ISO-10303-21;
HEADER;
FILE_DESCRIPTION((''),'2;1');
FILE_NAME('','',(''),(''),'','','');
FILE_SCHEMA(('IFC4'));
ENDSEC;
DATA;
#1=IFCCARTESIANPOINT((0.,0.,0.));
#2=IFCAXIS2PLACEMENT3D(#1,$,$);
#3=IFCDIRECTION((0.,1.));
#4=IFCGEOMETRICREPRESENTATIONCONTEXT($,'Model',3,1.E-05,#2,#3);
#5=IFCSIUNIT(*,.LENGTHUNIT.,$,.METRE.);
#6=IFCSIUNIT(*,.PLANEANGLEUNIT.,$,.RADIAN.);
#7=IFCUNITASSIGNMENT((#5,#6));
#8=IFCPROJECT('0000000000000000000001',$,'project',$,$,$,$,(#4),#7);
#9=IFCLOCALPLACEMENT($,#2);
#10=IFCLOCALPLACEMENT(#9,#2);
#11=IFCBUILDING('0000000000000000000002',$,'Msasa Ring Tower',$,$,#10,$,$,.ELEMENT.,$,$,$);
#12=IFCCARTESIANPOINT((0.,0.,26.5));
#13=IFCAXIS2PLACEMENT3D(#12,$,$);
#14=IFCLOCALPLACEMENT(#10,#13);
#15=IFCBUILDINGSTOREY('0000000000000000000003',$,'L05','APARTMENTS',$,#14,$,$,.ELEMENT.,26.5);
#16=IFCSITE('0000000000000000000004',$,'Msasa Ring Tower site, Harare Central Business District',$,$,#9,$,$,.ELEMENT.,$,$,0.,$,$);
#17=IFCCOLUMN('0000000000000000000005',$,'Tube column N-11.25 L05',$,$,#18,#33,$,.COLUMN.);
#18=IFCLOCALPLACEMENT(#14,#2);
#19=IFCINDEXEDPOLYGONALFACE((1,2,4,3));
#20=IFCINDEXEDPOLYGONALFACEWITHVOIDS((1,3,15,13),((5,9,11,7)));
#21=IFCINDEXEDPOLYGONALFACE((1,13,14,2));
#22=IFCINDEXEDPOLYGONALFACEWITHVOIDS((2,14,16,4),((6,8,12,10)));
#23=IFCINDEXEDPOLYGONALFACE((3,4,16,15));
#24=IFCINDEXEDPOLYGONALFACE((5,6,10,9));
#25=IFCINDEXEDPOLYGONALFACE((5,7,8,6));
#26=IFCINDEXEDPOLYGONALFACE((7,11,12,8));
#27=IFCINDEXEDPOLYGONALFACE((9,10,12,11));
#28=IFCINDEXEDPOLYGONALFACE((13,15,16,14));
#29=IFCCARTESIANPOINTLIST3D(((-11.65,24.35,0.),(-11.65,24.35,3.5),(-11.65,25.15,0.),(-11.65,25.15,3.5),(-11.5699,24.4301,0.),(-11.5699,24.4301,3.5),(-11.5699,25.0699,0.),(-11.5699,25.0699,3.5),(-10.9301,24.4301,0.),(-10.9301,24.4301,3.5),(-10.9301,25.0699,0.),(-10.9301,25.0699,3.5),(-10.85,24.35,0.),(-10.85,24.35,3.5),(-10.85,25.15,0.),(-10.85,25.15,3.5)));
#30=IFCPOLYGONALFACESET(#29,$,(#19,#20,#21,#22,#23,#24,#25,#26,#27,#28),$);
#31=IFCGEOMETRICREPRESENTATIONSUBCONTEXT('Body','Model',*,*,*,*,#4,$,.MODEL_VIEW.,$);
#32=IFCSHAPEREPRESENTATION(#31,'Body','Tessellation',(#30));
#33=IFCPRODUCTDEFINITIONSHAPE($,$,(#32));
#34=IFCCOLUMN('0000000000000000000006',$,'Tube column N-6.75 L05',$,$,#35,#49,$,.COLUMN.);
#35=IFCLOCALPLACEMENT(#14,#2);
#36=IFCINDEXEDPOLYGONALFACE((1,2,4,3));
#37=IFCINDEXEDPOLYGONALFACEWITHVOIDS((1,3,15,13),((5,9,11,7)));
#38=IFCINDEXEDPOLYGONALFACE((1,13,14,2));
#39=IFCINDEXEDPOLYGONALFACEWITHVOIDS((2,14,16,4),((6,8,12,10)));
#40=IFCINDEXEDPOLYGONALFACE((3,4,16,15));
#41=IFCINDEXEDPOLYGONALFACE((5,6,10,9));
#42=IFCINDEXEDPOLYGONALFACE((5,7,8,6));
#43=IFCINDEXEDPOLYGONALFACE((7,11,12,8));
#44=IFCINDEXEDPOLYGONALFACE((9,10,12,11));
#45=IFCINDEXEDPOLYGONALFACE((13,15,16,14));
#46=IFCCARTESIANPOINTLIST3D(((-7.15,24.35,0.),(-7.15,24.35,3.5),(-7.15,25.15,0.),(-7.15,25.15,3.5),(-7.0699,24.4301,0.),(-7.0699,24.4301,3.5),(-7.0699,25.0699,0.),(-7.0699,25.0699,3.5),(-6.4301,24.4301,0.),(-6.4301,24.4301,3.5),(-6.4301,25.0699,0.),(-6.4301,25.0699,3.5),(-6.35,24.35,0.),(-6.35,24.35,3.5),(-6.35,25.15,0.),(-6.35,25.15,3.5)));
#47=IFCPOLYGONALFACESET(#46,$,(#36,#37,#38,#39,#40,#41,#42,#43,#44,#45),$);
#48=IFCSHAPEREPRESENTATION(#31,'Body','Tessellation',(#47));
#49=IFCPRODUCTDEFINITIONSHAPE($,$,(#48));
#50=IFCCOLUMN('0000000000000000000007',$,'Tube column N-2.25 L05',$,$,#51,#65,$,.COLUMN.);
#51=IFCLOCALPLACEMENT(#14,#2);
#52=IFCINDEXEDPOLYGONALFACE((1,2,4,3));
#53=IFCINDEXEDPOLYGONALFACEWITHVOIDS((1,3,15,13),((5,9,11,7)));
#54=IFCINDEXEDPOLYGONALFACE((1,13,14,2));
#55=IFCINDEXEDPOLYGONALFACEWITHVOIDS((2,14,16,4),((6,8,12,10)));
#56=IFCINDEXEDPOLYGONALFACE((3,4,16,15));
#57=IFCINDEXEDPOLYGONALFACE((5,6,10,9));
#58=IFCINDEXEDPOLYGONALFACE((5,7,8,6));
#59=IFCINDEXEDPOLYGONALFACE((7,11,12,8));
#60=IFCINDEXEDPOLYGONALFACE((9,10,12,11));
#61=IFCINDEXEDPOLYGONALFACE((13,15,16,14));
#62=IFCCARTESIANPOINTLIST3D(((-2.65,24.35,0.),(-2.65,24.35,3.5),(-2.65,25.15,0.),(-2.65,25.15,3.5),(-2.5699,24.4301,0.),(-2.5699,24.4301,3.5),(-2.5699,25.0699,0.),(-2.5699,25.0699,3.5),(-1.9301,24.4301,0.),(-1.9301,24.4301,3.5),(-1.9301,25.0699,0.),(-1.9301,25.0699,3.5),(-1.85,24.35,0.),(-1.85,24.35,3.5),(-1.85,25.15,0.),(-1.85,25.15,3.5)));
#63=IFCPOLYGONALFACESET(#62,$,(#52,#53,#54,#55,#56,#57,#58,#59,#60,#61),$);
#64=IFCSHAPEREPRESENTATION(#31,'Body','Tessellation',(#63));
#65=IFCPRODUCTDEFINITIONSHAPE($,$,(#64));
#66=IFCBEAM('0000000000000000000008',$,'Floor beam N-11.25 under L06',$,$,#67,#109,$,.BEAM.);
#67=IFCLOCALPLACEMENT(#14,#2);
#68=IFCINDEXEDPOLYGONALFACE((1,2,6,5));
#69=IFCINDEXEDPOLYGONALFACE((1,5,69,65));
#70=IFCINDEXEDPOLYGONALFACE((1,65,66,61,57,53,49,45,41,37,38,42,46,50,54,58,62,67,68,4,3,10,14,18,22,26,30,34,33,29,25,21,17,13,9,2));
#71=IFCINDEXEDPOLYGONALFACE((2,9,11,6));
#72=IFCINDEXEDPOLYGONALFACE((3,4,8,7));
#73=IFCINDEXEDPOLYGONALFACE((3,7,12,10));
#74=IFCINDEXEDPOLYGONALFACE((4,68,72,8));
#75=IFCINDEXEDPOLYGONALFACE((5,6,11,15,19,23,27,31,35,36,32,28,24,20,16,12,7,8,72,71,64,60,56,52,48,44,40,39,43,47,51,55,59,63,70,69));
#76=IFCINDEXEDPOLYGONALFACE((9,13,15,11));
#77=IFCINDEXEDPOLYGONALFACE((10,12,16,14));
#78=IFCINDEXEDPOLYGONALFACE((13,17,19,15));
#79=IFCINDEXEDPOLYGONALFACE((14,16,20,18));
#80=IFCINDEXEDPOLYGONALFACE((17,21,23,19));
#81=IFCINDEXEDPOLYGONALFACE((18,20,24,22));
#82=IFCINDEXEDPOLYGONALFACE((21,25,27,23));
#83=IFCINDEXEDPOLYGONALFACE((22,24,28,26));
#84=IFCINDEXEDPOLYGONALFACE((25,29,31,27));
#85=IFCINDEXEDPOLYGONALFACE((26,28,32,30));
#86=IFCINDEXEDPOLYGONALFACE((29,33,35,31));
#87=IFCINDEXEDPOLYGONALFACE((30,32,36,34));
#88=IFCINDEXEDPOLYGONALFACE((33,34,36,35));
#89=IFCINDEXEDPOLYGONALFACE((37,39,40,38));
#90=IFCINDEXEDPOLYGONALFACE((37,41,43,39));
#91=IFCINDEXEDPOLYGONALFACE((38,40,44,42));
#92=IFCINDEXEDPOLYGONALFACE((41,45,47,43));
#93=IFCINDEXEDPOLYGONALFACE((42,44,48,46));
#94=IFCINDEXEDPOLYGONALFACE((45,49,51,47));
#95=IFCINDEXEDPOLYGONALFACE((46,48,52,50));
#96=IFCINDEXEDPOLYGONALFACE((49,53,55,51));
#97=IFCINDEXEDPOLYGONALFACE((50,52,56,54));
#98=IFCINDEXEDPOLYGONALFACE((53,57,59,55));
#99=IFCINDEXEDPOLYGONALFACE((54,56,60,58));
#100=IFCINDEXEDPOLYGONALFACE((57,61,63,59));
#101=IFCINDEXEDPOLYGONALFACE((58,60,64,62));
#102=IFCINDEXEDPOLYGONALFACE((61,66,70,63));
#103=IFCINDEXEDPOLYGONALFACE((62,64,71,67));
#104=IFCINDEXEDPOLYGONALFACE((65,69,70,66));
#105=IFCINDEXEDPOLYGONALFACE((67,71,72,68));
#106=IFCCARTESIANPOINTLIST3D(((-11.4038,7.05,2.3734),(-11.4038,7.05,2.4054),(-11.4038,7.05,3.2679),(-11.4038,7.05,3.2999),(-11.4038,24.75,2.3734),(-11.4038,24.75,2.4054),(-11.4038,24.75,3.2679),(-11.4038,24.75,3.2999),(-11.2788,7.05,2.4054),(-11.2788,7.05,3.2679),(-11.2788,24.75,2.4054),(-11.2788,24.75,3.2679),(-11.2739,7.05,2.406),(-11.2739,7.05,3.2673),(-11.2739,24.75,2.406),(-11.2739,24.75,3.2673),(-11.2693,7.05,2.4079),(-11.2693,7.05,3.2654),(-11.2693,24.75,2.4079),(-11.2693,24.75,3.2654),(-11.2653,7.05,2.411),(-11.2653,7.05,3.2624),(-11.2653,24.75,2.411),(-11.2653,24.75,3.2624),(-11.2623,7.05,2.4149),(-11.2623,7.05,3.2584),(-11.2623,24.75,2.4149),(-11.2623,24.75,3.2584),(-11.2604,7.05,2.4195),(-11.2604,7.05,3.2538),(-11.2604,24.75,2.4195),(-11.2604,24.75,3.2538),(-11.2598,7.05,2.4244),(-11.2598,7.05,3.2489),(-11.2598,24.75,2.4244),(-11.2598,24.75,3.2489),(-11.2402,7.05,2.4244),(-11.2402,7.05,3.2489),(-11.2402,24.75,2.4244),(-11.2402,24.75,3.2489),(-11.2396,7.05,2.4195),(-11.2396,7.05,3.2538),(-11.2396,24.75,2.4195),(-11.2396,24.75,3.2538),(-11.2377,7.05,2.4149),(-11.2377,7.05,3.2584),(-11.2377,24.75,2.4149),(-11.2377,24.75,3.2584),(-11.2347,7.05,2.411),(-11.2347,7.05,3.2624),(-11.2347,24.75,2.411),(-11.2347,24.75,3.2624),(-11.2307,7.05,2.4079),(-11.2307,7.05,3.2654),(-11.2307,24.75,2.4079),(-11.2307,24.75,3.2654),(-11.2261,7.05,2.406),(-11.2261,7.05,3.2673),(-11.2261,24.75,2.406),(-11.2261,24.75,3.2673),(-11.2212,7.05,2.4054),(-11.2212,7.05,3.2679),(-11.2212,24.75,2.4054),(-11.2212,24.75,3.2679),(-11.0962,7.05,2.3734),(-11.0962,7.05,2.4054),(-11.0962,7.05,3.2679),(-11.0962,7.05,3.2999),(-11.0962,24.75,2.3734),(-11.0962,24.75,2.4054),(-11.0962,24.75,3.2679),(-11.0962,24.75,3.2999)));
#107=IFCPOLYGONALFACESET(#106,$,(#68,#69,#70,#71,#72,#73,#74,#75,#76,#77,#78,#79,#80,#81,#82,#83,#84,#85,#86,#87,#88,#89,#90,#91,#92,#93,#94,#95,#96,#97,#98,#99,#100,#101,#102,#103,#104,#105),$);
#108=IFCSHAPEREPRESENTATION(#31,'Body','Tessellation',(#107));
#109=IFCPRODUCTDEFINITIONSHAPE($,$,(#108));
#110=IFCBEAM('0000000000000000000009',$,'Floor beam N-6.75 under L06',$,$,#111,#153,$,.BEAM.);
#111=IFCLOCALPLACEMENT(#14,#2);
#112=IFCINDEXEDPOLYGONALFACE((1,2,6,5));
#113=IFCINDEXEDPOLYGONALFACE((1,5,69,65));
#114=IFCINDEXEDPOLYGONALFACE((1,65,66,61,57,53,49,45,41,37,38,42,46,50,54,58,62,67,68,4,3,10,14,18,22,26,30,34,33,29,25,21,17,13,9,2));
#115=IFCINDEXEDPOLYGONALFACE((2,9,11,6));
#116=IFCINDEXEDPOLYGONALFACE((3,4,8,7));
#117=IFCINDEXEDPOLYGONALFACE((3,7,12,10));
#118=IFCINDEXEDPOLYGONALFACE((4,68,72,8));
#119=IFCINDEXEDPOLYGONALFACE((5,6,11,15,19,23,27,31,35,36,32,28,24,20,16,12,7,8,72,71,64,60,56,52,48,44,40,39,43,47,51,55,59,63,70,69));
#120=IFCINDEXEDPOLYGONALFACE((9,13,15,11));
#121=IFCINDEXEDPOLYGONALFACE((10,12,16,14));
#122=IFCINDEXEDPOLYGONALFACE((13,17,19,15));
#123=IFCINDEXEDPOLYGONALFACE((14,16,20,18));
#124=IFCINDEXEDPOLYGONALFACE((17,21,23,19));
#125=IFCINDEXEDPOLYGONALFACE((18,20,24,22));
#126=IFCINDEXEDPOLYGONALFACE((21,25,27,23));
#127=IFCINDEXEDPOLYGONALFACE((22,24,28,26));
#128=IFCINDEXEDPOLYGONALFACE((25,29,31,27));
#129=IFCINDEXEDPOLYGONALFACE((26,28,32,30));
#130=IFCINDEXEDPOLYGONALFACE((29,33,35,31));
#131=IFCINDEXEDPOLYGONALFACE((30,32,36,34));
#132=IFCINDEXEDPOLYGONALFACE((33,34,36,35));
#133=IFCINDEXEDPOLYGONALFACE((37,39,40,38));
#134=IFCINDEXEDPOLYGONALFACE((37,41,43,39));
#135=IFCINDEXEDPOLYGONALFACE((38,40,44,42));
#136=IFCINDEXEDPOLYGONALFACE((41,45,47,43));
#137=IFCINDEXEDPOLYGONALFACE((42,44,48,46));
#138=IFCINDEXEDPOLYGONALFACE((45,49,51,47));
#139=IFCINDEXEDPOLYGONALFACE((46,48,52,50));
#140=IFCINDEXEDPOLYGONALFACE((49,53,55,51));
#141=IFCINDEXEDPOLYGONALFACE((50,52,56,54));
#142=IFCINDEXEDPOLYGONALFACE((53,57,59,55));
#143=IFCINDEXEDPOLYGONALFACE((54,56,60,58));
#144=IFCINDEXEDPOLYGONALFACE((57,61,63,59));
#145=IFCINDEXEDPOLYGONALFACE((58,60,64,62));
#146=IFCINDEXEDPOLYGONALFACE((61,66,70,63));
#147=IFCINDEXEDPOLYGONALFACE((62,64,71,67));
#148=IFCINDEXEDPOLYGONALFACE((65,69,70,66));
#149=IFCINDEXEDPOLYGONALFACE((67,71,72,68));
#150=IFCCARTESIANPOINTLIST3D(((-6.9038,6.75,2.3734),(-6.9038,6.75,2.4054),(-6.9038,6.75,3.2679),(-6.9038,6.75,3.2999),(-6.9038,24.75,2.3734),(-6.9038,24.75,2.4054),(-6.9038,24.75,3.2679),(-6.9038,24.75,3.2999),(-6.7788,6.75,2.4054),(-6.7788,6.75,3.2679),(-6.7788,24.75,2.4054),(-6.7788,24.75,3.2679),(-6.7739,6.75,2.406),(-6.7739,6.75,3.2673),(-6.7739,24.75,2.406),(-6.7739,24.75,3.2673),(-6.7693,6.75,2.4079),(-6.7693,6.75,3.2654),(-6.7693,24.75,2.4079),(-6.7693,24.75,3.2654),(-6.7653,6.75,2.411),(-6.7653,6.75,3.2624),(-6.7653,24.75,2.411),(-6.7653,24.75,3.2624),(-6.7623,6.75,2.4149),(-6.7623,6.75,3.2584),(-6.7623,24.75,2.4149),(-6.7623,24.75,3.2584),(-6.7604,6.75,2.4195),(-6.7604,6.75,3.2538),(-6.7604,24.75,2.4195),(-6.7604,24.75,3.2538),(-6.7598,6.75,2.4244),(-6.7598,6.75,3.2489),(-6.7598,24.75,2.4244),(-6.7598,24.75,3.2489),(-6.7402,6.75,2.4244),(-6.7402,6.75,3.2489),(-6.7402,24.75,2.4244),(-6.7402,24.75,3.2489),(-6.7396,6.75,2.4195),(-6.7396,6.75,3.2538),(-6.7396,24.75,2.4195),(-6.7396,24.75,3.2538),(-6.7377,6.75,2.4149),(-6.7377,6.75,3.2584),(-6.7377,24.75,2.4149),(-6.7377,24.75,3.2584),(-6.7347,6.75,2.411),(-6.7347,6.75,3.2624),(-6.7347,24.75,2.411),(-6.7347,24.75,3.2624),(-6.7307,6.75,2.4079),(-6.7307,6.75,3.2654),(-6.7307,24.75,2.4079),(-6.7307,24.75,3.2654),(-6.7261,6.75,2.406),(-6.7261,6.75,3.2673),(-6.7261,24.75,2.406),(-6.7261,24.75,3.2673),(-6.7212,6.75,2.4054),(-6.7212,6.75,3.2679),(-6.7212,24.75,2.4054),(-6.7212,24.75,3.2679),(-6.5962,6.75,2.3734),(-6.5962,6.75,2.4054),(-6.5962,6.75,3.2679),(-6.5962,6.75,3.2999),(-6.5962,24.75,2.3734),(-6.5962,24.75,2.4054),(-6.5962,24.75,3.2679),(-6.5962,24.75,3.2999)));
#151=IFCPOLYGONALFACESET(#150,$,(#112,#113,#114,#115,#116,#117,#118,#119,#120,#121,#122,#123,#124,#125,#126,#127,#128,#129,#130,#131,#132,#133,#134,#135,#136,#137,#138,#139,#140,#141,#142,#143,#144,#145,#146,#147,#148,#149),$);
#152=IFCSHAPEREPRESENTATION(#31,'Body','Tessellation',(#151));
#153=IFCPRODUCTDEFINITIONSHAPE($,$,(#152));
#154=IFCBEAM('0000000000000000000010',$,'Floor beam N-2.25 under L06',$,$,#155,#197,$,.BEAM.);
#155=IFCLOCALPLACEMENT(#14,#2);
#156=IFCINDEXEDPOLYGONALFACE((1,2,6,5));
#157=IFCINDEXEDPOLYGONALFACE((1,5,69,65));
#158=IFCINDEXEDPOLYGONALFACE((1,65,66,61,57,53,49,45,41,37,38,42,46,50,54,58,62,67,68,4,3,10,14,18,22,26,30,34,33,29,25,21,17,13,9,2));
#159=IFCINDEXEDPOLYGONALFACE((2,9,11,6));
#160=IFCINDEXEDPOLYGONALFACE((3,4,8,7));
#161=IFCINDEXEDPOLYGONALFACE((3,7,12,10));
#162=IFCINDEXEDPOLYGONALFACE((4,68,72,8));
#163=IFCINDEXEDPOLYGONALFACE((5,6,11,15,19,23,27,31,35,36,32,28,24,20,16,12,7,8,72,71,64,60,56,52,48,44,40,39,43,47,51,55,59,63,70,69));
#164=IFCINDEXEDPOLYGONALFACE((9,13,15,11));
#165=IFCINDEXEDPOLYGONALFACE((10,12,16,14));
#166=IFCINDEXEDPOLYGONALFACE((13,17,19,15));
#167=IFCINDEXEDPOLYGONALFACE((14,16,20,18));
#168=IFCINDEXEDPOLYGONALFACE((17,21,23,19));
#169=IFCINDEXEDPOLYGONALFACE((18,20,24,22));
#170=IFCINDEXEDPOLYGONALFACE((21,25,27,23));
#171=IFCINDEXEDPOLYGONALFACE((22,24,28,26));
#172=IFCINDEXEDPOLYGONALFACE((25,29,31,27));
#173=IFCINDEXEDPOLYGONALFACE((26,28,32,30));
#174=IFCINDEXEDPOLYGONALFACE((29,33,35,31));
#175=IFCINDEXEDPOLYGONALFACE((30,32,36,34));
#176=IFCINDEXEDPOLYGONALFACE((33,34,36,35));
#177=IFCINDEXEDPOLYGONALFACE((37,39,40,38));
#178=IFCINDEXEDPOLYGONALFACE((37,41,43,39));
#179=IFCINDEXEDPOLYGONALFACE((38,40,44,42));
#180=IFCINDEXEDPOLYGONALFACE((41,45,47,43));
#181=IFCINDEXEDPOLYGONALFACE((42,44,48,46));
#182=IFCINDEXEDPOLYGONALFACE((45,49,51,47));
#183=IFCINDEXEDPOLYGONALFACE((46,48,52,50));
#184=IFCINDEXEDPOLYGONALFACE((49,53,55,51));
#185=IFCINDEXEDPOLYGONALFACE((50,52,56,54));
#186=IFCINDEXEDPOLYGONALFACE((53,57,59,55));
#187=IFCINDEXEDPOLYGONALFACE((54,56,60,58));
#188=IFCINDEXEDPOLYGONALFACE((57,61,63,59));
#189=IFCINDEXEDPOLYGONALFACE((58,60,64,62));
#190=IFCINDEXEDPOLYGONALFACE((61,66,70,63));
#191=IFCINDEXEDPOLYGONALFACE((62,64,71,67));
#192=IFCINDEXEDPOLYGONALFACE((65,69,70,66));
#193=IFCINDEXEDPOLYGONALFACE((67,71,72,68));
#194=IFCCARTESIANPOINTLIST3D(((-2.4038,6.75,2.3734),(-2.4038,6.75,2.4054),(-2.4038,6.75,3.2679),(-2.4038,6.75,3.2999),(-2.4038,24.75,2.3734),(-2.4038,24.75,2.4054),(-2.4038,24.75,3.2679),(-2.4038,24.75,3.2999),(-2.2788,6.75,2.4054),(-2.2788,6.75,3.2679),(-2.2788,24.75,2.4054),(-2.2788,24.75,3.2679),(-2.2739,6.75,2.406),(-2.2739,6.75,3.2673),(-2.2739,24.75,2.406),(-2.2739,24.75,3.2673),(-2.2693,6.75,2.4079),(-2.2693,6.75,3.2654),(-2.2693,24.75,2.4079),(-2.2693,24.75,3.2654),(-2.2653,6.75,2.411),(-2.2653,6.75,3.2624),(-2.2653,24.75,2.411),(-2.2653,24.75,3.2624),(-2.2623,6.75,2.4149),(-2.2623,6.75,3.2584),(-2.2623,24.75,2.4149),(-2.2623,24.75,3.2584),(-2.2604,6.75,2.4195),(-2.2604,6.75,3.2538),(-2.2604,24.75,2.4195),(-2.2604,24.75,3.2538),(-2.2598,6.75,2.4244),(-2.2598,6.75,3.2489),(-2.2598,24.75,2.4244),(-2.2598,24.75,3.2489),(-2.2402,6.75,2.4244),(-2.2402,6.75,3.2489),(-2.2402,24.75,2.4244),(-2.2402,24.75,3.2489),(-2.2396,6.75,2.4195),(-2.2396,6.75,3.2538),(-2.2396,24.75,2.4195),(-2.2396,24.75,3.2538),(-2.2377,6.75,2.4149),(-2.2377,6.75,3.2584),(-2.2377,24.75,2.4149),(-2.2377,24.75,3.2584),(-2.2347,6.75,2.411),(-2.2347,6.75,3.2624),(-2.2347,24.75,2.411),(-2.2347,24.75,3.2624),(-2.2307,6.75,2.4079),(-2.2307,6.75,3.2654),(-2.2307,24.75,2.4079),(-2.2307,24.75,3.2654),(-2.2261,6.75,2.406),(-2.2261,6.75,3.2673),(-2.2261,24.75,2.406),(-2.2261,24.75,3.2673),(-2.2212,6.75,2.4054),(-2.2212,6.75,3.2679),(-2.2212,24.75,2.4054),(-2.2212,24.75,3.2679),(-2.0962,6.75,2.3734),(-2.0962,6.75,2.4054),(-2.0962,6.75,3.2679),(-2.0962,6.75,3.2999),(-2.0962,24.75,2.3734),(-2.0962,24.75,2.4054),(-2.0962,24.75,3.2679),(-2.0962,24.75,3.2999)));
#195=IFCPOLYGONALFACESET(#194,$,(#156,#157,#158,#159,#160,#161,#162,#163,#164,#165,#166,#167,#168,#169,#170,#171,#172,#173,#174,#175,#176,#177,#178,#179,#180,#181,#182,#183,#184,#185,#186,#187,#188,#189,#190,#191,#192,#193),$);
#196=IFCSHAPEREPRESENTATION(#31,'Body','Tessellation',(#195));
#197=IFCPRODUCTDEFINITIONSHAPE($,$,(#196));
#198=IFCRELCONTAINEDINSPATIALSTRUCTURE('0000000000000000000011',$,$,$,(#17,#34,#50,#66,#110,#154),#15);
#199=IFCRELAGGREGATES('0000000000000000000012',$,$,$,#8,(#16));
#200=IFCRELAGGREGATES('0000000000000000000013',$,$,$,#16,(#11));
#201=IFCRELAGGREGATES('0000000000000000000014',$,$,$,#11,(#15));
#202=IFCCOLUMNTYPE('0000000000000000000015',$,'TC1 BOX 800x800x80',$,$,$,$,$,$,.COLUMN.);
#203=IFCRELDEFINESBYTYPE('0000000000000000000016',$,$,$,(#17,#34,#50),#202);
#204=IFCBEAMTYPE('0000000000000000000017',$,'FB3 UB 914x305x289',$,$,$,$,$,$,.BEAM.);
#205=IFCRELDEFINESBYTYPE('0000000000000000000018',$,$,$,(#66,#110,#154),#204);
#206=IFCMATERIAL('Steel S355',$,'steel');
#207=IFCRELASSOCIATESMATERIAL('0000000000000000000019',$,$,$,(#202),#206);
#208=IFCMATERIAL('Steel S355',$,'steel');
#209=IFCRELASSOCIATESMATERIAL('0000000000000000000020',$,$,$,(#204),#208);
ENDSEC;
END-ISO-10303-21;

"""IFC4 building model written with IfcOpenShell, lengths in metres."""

from ifc_helpers import new_model, si_unit, direction, frame, origin, origin_2d, place, context, subcontext, project, spatial, hollow_rectangle, i_section, extrude, material, material_profile, profile_set, type_object, element, save


model = new_model("IFC4")

# Units and contexts
model_context = context("Model", 3, precision=1e-05, world=origin(), true_north=direction((0.0, 1.0)))
body_context = subcontext(model_context, "Body", "Model", "MODEL_VIEW")
ifc_project = project(units=[si_unit("LENGTHUNIT", "METRE"), si_unit("PLANEANGLEUNIT", "RADIAN")], contexts=[model_context])

# Site, building, storey
site_placement = place(None, origin())
site = spatial("IfcSite", under=ifc_project, at=site_placement, Name="Msasa Ring Tower site, Harare Central Business District", CompositionType="ELEMENT", RefElevation=0.0)
building_placement = place(site_placement, origin())
building = spatial("IfcBuilding", under=site, at=building_placement, Name="Msasa Ring Tower", CompositionType="ELEMENT")
storey_placement = place(building_placement, frame((0.0, 0.0, 26.5)))
storey = spatial("IfcBuildingStorey", under=building, at=storey_placement, Name="L05", Description="APARTMENTS", CompositionType="ELEMENT", Elevation=26.5)

# Columns
ifc_material_1 = material(Name="Steel S355", Category="steel")
ifc_material_profile_1 = material_profile(ifc_material_1, hollow_rectangle(XDim=0.8, YDim=0.8, WallThickness=0.0801, at=origin_2d()), Name="BOX 800x800x80")
ifc_profile_set_1 = profile_set([ifc_material_profile_1], Name="Steel S355")
column_type = type_object("IfcColumnType", Name="TC1 BOX 800x800x80", PredefinedType="COLUMN", material=ifc_profile_set_1)
for number, where, z_axis, x_axis, name in (
    (1, (-11.25, 24.75, 0.0), (0.0, 0.0, 1.0), (0.0, 1.0, 0.0), "Tube column N-11.25 L05"),
    (2, (-6.75, 24.75, 0.0), (0.0, 0.0, 1.0), (0.0, 1.0, 0.0), "Tube column N-6.75 L05"),
    (3, (-2.25, 24.75, 0.0), (0.0, 0.0, 1.0), (0.0, 1.0, 0.0), "Tube column N-2.25 L05"),
):
    element("IfcColumn", number, at=place(storey_placement, frame(where, z_axis=z_axis, x_axis=x_axis)), inside=storey, type_object=column_type, Name=name, PredefinedType="COLUMN", context=body_context, shape_type="SweptSolid", body=[
        extrude(hollow_rectangle(XDim=0.8, YDim=0.8, WallThickness=0.0801, at=origin_2d()), origin(), (0.0, 0.0, 1.0), 3.5),
    ])

# Beams
ifc_material_2 = material(Name="Steel S355", Category="steel")
ifc_material_profile_2 = material_profile(ifc_material_2, i_section(OverallWidth=0.3076, OverallDepth=0.9265, WebThickness=0.0195, FlangeThickness=0.032, FilletRadius=0.019, at=origin_2d()), Name="UB 914x305x289")
ifc_profile_set_2 = profile_set([ifc_material_profile_2], Name="Steel S355")
beam_type_1 = type_object("IfcBeamType", Name="FB3 UB 914x305x289", PredefinedType="BEAM", material=ifc_profile_set_2)
beam_placement = place(storey_placement, frame((-11.25, 24.75, 2.8367), z_axis=(0.0, -1.0, 0.0), x_axis=(1.0, 0.0, 0.0)))
element("IfcBeam", 4, at=beam_placement, inside=storey, type_object=beam_type_1, Name="Floor beam N-11.25 under L06", PredefinedType="BEAM", context=body_context, shape_type="SweptSolid", body=[
    extrude(i_section(OverallWidth=0.3076, OverallDepth=0.9265, WebThickness=0.0195, FlangeThickness=0.032, FilletRadius=0.019, at=origin_2d()), origin(), (0.0, 0.0, 1.0), 17.7),
])
for number, where, z_axis, x_axis, name in (
    (5, (-6.75, 24.75, 2.8367), (0.0, -1.0, 0.0), (1.0, 0.0, 0.0), "Floor beam N-6.75 under L06"),
    (6, (-2.25, 24.75, 2.8367), (0.0, -1.0, 0.0), (1.0, 0.0, 0.0), "Floor beam N-2.25 under L06"),
):
    element("IfcBeam", number, at=place(storey_placement, frame(where, z_axis=z_axis, x_axis=x_axis)), inside=storey, type_object=beam_type_1, Name=name, PredefinedType="BEAM", context=body_context, shape_type="SweptSolid", body=[
        extrude(i_section(OverallWidth=0.3076, OverallDepth=0.9265, WebThickness=0.0195, FlangeThickness=0.032, FilletRadius=0.019, at=origin_2d()), origin(), (0.0, 0.0, 1.0), 18.0),
    ])

save(model, "model.ifc")
